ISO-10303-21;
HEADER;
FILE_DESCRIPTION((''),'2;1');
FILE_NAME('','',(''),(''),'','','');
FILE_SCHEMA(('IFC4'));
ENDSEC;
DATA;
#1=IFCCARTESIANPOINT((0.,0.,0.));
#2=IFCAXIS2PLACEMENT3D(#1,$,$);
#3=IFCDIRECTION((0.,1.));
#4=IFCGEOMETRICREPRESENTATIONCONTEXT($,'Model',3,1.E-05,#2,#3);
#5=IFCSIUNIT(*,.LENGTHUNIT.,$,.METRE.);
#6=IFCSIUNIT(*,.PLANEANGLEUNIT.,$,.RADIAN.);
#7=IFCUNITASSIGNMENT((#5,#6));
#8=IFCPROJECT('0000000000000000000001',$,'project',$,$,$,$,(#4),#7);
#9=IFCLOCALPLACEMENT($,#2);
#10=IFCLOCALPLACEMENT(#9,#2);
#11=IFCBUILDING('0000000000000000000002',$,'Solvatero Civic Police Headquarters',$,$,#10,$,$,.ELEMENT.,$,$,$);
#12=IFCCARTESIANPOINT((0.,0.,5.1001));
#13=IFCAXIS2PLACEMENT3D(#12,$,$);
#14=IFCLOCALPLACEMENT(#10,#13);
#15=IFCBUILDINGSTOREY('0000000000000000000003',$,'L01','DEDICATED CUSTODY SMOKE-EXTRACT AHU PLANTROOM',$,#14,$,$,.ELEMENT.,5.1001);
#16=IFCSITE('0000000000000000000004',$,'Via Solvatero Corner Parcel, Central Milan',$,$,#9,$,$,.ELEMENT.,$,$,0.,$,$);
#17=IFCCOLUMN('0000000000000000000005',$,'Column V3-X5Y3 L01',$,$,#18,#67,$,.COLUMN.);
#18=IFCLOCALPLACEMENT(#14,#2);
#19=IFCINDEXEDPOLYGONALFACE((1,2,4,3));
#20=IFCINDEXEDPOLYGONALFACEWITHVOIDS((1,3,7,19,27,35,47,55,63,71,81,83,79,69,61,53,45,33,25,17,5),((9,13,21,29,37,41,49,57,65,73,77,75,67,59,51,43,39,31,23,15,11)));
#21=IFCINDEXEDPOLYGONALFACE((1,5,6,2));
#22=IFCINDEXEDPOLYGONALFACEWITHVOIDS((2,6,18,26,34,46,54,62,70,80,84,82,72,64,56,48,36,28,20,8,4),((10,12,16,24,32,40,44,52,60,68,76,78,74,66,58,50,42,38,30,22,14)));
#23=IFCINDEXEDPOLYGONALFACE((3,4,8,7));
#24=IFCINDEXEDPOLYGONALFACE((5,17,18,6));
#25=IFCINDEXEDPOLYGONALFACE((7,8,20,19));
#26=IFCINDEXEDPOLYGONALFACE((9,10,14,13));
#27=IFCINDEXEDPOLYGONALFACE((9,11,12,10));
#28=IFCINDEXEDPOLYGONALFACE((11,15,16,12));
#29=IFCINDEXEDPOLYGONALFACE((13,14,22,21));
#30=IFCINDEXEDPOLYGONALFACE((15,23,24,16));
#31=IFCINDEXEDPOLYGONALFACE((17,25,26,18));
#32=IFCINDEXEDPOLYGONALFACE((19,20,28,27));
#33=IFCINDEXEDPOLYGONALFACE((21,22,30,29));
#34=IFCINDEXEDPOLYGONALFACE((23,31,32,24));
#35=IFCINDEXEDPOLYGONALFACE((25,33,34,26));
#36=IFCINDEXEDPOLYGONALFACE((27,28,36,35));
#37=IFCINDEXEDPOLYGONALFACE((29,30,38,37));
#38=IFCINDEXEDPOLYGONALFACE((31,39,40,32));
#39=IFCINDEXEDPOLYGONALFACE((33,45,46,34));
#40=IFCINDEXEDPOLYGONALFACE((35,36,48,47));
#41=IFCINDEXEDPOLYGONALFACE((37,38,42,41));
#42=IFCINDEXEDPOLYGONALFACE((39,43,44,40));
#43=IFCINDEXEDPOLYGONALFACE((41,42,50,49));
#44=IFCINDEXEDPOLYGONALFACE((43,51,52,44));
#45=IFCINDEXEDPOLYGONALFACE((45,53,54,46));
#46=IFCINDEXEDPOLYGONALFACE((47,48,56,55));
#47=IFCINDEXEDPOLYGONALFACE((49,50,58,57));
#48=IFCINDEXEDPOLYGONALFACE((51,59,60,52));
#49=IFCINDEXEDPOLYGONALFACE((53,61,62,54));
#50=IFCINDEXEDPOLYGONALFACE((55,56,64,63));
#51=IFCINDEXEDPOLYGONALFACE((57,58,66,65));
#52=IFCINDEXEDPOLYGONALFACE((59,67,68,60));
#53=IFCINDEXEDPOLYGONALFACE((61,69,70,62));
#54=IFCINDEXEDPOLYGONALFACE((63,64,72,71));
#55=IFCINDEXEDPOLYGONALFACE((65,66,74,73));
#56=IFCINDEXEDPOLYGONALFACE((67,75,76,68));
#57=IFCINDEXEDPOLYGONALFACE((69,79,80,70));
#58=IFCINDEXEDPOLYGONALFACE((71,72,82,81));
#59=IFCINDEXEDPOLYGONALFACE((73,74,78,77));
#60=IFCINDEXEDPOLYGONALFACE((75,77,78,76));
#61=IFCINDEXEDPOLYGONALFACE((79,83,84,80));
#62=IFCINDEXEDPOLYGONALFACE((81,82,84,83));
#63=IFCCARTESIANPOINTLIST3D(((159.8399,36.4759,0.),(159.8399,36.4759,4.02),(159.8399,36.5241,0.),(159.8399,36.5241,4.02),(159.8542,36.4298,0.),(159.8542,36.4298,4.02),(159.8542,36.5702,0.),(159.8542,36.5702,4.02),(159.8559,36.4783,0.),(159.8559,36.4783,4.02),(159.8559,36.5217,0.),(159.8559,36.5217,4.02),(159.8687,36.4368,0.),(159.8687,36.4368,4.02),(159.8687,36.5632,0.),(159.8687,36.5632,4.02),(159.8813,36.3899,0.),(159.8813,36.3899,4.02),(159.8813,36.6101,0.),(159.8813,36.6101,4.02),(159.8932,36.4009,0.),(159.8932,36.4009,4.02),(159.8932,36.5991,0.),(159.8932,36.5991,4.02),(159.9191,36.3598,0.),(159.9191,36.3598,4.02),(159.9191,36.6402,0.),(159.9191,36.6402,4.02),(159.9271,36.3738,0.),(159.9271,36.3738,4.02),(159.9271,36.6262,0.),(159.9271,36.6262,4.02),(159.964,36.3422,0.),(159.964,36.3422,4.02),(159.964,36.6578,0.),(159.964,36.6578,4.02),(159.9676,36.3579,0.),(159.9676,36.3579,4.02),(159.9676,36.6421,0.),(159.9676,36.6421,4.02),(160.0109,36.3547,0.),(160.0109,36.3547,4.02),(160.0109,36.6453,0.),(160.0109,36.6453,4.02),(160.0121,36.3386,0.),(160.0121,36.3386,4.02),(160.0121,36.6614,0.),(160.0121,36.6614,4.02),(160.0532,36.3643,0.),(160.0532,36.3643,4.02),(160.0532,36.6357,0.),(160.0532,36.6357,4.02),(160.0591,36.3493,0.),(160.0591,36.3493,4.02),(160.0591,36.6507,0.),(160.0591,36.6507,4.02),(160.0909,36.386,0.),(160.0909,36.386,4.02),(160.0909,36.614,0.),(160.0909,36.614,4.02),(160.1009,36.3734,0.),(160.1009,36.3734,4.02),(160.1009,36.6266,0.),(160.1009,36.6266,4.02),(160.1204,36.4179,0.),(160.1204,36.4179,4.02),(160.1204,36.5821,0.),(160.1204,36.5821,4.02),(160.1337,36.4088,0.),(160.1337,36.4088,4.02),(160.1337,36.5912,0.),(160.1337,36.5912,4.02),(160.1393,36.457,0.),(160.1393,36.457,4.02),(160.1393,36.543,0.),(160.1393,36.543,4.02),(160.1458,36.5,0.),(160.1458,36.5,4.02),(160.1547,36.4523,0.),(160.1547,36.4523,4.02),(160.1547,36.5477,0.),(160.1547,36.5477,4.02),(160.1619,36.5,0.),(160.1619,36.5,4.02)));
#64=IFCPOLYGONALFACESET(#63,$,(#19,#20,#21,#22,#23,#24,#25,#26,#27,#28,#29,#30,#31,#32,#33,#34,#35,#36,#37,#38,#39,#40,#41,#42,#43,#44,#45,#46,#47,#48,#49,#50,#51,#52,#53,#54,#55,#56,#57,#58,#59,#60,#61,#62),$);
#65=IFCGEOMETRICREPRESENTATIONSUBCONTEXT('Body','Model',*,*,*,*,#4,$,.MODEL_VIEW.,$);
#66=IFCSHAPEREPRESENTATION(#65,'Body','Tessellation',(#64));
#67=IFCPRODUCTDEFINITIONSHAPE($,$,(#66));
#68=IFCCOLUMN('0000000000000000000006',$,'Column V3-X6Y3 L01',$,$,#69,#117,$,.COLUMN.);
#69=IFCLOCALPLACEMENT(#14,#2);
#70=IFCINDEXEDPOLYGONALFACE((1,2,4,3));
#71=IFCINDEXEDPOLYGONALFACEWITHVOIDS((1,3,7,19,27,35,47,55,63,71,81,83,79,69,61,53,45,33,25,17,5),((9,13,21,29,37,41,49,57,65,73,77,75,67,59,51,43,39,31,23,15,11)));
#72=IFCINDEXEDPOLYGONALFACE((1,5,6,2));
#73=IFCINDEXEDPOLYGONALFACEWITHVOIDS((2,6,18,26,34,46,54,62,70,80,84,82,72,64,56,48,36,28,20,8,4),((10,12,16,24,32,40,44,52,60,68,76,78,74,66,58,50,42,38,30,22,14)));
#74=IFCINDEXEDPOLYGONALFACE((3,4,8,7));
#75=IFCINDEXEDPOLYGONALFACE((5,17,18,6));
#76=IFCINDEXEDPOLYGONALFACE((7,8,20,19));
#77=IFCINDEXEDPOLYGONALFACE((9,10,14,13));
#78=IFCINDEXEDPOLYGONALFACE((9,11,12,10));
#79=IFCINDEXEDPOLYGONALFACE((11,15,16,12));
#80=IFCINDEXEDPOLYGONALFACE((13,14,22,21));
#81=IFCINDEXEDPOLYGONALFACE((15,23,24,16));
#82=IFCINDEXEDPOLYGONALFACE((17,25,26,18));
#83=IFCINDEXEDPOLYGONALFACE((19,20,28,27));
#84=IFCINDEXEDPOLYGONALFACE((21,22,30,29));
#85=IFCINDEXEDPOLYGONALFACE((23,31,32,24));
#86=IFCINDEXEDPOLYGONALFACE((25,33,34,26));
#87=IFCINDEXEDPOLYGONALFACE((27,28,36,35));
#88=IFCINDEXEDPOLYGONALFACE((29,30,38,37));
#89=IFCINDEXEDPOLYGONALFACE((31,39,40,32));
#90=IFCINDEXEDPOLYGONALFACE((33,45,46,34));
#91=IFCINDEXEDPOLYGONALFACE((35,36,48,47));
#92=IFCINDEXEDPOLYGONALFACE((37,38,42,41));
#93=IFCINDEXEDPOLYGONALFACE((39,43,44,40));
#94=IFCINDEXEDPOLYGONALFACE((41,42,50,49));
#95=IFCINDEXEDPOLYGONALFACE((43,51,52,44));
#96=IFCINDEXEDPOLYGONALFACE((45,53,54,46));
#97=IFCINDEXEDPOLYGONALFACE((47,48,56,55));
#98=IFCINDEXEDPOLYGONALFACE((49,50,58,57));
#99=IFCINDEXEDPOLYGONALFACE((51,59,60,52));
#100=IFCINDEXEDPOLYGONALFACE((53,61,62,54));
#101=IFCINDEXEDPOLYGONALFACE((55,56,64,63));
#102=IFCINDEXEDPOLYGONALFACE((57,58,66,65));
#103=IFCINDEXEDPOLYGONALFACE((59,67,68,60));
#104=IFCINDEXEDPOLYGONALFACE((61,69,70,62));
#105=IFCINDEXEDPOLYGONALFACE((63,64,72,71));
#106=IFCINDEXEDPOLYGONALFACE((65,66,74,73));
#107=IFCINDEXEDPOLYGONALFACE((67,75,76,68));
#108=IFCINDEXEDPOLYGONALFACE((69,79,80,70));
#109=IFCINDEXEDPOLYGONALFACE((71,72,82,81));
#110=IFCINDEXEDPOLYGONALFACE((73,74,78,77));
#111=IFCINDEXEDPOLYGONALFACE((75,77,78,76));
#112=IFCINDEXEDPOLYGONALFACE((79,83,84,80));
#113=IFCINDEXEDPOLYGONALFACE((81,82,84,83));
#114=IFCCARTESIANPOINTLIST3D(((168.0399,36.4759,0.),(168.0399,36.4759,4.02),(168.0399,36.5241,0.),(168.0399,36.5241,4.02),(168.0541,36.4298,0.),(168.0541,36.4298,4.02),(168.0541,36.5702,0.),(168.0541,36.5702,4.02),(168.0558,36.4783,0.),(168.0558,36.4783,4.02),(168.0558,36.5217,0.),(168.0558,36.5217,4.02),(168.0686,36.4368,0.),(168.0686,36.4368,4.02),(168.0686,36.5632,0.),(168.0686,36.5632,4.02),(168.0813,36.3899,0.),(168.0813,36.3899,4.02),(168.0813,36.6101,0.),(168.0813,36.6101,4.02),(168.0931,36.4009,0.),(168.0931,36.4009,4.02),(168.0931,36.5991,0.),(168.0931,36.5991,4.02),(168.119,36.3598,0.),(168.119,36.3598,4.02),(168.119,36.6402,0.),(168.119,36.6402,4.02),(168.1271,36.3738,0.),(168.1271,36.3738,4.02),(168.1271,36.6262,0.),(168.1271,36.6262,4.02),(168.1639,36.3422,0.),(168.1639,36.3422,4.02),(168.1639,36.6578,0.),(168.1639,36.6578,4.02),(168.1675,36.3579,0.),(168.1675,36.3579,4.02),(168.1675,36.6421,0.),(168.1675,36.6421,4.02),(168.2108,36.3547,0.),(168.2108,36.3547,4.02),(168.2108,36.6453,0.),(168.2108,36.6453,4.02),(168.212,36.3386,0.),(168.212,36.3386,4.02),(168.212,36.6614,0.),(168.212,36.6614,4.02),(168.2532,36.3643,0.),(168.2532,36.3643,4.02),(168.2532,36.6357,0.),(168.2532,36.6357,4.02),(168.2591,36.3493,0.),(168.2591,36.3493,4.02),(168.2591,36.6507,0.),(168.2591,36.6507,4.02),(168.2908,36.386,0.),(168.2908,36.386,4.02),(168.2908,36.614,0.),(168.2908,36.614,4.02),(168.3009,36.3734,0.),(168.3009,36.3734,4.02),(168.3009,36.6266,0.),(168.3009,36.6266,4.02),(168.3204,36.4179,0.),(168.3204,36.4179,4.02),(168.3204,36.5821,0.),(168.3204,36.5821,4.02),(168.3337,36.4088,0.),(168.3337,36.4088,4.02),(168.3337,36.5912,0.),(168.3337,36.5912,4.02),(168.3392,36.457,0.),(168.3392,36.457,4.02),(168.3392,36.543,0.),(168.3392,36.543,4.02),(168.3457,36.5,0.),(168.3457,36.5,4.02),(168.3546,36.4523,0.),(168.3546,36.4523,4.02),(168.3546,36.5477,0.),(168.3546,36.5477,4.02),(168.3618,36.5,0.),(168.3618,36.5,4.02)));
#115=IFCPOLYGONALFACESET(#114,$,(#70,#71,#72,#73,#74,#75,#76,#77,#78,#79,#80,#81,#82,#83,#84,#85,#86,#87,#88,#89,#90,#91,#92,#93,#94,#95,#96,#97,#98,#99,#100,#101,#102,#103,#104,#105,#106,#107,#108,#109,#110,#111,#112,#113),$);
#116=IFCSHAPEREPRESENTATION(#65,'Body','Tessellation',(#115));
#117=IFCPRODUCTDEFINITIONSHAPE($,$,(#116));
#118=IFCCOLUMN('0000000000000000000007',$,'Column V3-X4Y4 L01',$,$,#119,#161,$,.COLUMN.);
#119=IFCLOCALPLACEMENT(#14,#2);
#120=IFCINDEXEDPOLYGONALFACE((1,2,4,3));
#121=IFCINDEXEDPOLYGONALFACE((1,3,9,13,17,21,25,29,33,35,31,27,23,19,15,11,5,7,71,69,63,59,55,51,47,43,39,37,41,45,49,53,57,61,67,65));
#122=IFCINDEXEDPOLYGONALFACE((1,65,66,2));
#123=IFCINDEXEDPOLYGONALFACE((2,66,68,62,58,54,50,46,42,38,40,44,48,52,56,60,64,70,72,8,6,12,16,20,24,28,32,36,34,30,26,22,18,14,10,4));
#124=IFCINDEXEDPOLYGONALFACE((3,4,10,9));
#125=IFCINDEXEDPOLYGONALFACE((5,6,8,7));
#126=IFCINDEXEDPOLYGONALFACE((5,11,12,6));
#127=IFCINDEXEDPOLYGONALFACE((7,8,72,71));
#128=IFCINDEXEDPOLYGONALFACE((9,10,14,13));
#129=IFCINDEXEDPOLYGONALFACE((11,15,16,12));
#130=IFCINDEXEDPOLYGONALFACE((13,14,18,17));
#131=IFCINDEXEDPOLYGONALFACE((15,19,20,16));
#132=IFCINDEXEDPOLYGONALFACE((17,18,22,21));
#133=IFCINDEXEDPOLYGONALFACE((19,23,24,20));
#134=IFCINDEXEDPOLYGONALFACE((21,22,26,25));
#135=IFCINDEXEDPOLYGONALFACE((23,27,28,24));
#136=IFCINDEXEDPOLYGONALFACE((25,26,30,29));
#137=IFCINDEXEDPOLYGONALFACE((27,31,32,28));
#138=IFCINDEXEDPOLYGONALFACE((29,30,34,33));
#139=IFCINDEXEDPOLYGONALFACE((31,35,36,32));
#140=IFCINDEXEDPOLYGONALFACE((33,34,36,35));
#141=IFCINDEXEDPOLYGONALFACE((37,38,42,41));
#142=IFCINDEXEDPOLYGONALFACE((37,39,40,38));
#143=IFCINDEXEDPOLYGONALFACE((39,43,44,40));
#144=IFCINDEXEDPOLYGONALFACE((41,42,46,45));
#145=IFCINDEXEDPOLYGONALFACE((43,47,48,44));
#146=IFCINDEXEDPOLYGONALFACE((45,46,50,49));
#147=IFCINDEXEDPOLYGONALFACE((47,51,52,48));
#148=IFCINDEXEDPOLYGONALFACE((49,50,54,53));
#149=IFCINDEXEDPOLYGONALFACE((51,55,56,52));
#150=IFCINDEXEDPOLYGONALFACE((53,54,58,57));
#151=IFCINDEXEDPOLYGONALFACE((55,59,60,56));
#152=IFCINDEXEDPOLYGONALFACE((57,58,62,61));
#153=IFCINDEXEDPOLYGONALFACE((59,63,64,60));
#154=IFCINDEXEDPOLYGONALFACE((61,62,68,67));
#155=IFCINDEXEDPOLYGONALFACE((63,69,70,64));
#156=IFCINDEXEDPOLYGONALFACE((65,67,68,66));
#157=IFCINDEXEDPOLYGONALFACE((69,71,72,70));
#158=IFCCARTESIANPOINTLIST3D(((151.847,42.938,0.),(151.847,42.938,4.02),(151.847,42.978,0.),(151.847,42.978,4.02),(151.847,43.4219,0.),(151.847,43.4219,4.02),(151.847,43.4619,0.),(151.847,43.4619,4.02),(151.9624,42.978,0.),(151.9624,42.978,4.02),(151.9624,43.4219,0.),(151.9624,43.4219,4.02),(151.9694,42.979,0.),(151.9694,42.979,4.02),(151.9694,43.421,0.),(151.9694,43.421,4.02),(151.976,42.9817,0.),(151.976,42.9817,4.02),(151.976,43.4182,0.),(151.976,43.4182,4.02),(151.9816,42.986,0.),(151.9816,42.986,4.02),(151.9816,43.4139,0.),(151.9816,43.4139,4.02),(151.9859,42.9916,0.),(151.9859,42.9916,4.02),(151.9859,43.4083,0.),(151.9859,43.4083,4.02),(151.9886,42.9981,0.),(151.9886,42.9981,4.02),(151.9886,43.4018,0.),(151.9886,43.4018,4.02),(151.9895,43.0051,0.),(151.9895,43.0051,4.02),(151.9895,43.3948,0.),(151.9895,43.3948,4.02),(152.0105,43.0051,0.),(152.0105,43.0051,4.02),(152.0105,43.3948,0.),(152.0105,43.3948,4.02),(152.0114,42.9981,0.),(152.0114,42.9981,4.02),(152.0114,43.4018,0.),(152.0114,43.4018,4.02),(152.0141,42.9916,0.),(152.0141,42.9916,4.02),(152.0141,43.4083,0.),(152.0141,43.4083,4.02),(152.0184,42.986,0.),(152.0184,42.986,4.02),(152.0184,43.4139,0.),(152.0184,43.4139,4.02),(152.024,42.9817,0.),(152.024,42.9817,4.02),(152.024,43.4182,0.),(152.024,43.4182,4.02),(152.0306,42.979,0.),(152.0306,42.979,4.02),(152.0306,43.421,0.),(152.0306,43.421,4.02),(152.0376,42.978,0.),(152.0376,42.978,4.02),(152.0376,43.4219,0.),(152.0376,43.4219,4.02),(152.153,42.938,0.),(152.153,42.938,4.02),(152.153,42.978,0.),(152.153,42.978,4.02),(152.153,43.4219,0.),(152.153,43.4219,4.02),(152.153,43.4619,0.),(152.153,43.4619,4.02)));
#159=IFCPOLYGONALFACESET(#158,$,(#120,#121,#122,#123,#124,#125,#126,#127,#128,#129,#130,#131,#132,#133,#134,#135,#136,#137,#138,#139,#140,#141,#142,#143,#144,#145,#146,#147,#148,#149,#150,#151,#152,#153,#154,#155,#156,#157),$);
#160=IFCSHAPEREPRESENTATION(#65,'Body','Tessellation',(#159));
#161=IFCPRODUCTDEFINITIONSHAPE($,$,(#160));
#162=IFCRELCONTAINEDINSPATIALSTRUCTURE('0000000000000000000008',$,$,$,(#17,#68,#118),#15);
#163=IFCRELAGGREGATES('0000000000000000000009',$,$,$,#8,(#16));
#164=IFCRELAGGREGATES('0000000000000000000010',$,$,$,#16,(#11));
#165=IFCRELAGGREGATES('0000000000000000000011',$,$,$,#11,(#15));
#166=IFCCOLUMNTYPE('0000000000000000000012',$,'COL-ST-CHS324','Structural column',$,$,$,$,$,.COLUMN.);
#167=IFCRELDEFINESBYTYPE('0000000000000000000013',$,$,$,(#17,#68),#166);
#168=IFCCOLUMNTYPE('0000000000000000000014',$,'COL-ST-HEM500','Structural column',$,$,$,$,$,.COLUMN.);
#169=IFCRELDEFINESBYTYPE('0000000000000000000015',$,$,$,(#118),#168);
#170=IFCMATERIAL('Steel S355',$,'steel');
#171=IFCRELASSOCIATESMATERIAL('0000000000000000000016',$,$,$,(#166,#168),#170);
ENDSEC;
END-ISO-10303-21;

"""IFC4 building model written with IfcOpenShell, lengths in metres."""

from ifc_helpers import new_model, si_unit, direction, frame, origin, origin_2d, place, context, subcontext, project, spatial, hollow_circle, i_section, extrude, material, material_profile, profile_set, type_object, element, save


model = new_model("IFC4")

# Units and contexts
model_context = context("Model", 3, precision=1e-05, world=origin(), true_north=direction((0.0, 1.0)))
body_context = subcontext(model_context, "Body", "Model", "MODEL_VIEW")
ifc_project = project(units=[si_unit("LENGTHUNIT", "METRE"), si_unit("PLANEANGLEUNIT", "RADIAN")], contexts=[model_context])

# Site, building, storey
site_placement = place(None, origin())
site = spatial("IfcSite", under=ifc_project, at=site_placement, Name="Via Solvatero Corner Parcel, Central Milan", CompositionType="ELEMENT", RefElevation=0.0)
building_placement = place(site_placement, origin())
building = spatial("IfcBuilding", under=site, at=building_placement, Name="Solvatero Civic Police Headquarters", CompositionType="ELEMENT")
storey_placement = place(building_placement, frame((0.0, 0.0, 5.1001)))
storey = spatial("IfcBuildingStorey", under=building, at=storey_placement, Name="L01", Description="DEDICATED CUSTODY SMOKE-EXTRACT AHU PLANTROOM", CompositionType="ELEMENT", Elevation=5.1001)

# Columns
ifc_material_1 = material(Name="Steel S355", Category="steel")
ifc_material_profile_1 = material_profile(ifc_material_1, hollow_circle(Radius=0.1619, WallThickness=0.0161, at=origin_2d()), Name="CHS 323.9x16.0")
ifc_profile_set_1 = profile_set([ifc_material_profile_1], Name="Steel S355")
column_type_1 = type_object("IfcColumnType", Name="COL-ST-CHS324", Description="Structural column", PredefinedType="COLUMN", material=ifc_profile_set_1)
for number, where, z_axis, x_axis, name in (
    (1, (160.0, 36.5, 0.0), (0.0, 0.0, 1.0), (1.0, 0.0, 0.0), "Column V3-X5Y3 L01"),
    (2, (168.2, 36.5, 0.0), (0.0, 0.0, 1.0), (1.0, 0.0, 0.0), "Column V3-X6Y3 L01"),
):
    element("IfcColumn", number, at=place(storey_placement, frame(where, z_axis=z_axis, x_axis=x_axis)), inside=storey, type_object=column_type_1, Name=name, PredefinedType="COLUMN", context=body_context, shape_type="SweptSolid", body=[
        extrude(hollow_circle(Radius=0.1619, WallThickness=0.0161, at=origin_2d()), origin(), (0.0, 0.0, 1.0), 4.02),
    ])
ifc_material_profile_2 = material_profile(ifc_material_1, i_section(OverallWidth=0.3059, OverallDepth=0.5239, WebThickness=0.021, FlangeThickness=0.04, FilletRadius=0.0271, at=origin_2d()), Name="HEM 500")
ifc_profile_set_2 = profile_set([ifc_material_profile_2], Name="Steel S355")
column_type_2 = type_object("IfcColumnType", Name="COL-ST-HEM500", Description="Structural column", PredefinedType="COLUMN", material=ifc_profile_set_2)
column_placement = place(storey_placement, frame((152.0, 43.2, 0.0), z_axis=(0.0, 0.0, 1.0), x_axis=(1.0, 0.0, 0.0)))
element("IfcColumn", 3, at=column_placement, inside=storey, type_object=column_type_2, Name="Column V3-X4Y4 L01", PredefinedType="COLUMN", context=body_context, shape_type="SweptSolid", body=[
    extrude(i_section(OverallWidth=0.3059, OverallDepth=0.5239, WebThickness=0.021, FlangeThickness=0.04, FilletRadius=0.0271, at=origin_2d()), origin(), (0.0, 0.0, 1.0), 4.02),
])

save(model, "model.ifc")
